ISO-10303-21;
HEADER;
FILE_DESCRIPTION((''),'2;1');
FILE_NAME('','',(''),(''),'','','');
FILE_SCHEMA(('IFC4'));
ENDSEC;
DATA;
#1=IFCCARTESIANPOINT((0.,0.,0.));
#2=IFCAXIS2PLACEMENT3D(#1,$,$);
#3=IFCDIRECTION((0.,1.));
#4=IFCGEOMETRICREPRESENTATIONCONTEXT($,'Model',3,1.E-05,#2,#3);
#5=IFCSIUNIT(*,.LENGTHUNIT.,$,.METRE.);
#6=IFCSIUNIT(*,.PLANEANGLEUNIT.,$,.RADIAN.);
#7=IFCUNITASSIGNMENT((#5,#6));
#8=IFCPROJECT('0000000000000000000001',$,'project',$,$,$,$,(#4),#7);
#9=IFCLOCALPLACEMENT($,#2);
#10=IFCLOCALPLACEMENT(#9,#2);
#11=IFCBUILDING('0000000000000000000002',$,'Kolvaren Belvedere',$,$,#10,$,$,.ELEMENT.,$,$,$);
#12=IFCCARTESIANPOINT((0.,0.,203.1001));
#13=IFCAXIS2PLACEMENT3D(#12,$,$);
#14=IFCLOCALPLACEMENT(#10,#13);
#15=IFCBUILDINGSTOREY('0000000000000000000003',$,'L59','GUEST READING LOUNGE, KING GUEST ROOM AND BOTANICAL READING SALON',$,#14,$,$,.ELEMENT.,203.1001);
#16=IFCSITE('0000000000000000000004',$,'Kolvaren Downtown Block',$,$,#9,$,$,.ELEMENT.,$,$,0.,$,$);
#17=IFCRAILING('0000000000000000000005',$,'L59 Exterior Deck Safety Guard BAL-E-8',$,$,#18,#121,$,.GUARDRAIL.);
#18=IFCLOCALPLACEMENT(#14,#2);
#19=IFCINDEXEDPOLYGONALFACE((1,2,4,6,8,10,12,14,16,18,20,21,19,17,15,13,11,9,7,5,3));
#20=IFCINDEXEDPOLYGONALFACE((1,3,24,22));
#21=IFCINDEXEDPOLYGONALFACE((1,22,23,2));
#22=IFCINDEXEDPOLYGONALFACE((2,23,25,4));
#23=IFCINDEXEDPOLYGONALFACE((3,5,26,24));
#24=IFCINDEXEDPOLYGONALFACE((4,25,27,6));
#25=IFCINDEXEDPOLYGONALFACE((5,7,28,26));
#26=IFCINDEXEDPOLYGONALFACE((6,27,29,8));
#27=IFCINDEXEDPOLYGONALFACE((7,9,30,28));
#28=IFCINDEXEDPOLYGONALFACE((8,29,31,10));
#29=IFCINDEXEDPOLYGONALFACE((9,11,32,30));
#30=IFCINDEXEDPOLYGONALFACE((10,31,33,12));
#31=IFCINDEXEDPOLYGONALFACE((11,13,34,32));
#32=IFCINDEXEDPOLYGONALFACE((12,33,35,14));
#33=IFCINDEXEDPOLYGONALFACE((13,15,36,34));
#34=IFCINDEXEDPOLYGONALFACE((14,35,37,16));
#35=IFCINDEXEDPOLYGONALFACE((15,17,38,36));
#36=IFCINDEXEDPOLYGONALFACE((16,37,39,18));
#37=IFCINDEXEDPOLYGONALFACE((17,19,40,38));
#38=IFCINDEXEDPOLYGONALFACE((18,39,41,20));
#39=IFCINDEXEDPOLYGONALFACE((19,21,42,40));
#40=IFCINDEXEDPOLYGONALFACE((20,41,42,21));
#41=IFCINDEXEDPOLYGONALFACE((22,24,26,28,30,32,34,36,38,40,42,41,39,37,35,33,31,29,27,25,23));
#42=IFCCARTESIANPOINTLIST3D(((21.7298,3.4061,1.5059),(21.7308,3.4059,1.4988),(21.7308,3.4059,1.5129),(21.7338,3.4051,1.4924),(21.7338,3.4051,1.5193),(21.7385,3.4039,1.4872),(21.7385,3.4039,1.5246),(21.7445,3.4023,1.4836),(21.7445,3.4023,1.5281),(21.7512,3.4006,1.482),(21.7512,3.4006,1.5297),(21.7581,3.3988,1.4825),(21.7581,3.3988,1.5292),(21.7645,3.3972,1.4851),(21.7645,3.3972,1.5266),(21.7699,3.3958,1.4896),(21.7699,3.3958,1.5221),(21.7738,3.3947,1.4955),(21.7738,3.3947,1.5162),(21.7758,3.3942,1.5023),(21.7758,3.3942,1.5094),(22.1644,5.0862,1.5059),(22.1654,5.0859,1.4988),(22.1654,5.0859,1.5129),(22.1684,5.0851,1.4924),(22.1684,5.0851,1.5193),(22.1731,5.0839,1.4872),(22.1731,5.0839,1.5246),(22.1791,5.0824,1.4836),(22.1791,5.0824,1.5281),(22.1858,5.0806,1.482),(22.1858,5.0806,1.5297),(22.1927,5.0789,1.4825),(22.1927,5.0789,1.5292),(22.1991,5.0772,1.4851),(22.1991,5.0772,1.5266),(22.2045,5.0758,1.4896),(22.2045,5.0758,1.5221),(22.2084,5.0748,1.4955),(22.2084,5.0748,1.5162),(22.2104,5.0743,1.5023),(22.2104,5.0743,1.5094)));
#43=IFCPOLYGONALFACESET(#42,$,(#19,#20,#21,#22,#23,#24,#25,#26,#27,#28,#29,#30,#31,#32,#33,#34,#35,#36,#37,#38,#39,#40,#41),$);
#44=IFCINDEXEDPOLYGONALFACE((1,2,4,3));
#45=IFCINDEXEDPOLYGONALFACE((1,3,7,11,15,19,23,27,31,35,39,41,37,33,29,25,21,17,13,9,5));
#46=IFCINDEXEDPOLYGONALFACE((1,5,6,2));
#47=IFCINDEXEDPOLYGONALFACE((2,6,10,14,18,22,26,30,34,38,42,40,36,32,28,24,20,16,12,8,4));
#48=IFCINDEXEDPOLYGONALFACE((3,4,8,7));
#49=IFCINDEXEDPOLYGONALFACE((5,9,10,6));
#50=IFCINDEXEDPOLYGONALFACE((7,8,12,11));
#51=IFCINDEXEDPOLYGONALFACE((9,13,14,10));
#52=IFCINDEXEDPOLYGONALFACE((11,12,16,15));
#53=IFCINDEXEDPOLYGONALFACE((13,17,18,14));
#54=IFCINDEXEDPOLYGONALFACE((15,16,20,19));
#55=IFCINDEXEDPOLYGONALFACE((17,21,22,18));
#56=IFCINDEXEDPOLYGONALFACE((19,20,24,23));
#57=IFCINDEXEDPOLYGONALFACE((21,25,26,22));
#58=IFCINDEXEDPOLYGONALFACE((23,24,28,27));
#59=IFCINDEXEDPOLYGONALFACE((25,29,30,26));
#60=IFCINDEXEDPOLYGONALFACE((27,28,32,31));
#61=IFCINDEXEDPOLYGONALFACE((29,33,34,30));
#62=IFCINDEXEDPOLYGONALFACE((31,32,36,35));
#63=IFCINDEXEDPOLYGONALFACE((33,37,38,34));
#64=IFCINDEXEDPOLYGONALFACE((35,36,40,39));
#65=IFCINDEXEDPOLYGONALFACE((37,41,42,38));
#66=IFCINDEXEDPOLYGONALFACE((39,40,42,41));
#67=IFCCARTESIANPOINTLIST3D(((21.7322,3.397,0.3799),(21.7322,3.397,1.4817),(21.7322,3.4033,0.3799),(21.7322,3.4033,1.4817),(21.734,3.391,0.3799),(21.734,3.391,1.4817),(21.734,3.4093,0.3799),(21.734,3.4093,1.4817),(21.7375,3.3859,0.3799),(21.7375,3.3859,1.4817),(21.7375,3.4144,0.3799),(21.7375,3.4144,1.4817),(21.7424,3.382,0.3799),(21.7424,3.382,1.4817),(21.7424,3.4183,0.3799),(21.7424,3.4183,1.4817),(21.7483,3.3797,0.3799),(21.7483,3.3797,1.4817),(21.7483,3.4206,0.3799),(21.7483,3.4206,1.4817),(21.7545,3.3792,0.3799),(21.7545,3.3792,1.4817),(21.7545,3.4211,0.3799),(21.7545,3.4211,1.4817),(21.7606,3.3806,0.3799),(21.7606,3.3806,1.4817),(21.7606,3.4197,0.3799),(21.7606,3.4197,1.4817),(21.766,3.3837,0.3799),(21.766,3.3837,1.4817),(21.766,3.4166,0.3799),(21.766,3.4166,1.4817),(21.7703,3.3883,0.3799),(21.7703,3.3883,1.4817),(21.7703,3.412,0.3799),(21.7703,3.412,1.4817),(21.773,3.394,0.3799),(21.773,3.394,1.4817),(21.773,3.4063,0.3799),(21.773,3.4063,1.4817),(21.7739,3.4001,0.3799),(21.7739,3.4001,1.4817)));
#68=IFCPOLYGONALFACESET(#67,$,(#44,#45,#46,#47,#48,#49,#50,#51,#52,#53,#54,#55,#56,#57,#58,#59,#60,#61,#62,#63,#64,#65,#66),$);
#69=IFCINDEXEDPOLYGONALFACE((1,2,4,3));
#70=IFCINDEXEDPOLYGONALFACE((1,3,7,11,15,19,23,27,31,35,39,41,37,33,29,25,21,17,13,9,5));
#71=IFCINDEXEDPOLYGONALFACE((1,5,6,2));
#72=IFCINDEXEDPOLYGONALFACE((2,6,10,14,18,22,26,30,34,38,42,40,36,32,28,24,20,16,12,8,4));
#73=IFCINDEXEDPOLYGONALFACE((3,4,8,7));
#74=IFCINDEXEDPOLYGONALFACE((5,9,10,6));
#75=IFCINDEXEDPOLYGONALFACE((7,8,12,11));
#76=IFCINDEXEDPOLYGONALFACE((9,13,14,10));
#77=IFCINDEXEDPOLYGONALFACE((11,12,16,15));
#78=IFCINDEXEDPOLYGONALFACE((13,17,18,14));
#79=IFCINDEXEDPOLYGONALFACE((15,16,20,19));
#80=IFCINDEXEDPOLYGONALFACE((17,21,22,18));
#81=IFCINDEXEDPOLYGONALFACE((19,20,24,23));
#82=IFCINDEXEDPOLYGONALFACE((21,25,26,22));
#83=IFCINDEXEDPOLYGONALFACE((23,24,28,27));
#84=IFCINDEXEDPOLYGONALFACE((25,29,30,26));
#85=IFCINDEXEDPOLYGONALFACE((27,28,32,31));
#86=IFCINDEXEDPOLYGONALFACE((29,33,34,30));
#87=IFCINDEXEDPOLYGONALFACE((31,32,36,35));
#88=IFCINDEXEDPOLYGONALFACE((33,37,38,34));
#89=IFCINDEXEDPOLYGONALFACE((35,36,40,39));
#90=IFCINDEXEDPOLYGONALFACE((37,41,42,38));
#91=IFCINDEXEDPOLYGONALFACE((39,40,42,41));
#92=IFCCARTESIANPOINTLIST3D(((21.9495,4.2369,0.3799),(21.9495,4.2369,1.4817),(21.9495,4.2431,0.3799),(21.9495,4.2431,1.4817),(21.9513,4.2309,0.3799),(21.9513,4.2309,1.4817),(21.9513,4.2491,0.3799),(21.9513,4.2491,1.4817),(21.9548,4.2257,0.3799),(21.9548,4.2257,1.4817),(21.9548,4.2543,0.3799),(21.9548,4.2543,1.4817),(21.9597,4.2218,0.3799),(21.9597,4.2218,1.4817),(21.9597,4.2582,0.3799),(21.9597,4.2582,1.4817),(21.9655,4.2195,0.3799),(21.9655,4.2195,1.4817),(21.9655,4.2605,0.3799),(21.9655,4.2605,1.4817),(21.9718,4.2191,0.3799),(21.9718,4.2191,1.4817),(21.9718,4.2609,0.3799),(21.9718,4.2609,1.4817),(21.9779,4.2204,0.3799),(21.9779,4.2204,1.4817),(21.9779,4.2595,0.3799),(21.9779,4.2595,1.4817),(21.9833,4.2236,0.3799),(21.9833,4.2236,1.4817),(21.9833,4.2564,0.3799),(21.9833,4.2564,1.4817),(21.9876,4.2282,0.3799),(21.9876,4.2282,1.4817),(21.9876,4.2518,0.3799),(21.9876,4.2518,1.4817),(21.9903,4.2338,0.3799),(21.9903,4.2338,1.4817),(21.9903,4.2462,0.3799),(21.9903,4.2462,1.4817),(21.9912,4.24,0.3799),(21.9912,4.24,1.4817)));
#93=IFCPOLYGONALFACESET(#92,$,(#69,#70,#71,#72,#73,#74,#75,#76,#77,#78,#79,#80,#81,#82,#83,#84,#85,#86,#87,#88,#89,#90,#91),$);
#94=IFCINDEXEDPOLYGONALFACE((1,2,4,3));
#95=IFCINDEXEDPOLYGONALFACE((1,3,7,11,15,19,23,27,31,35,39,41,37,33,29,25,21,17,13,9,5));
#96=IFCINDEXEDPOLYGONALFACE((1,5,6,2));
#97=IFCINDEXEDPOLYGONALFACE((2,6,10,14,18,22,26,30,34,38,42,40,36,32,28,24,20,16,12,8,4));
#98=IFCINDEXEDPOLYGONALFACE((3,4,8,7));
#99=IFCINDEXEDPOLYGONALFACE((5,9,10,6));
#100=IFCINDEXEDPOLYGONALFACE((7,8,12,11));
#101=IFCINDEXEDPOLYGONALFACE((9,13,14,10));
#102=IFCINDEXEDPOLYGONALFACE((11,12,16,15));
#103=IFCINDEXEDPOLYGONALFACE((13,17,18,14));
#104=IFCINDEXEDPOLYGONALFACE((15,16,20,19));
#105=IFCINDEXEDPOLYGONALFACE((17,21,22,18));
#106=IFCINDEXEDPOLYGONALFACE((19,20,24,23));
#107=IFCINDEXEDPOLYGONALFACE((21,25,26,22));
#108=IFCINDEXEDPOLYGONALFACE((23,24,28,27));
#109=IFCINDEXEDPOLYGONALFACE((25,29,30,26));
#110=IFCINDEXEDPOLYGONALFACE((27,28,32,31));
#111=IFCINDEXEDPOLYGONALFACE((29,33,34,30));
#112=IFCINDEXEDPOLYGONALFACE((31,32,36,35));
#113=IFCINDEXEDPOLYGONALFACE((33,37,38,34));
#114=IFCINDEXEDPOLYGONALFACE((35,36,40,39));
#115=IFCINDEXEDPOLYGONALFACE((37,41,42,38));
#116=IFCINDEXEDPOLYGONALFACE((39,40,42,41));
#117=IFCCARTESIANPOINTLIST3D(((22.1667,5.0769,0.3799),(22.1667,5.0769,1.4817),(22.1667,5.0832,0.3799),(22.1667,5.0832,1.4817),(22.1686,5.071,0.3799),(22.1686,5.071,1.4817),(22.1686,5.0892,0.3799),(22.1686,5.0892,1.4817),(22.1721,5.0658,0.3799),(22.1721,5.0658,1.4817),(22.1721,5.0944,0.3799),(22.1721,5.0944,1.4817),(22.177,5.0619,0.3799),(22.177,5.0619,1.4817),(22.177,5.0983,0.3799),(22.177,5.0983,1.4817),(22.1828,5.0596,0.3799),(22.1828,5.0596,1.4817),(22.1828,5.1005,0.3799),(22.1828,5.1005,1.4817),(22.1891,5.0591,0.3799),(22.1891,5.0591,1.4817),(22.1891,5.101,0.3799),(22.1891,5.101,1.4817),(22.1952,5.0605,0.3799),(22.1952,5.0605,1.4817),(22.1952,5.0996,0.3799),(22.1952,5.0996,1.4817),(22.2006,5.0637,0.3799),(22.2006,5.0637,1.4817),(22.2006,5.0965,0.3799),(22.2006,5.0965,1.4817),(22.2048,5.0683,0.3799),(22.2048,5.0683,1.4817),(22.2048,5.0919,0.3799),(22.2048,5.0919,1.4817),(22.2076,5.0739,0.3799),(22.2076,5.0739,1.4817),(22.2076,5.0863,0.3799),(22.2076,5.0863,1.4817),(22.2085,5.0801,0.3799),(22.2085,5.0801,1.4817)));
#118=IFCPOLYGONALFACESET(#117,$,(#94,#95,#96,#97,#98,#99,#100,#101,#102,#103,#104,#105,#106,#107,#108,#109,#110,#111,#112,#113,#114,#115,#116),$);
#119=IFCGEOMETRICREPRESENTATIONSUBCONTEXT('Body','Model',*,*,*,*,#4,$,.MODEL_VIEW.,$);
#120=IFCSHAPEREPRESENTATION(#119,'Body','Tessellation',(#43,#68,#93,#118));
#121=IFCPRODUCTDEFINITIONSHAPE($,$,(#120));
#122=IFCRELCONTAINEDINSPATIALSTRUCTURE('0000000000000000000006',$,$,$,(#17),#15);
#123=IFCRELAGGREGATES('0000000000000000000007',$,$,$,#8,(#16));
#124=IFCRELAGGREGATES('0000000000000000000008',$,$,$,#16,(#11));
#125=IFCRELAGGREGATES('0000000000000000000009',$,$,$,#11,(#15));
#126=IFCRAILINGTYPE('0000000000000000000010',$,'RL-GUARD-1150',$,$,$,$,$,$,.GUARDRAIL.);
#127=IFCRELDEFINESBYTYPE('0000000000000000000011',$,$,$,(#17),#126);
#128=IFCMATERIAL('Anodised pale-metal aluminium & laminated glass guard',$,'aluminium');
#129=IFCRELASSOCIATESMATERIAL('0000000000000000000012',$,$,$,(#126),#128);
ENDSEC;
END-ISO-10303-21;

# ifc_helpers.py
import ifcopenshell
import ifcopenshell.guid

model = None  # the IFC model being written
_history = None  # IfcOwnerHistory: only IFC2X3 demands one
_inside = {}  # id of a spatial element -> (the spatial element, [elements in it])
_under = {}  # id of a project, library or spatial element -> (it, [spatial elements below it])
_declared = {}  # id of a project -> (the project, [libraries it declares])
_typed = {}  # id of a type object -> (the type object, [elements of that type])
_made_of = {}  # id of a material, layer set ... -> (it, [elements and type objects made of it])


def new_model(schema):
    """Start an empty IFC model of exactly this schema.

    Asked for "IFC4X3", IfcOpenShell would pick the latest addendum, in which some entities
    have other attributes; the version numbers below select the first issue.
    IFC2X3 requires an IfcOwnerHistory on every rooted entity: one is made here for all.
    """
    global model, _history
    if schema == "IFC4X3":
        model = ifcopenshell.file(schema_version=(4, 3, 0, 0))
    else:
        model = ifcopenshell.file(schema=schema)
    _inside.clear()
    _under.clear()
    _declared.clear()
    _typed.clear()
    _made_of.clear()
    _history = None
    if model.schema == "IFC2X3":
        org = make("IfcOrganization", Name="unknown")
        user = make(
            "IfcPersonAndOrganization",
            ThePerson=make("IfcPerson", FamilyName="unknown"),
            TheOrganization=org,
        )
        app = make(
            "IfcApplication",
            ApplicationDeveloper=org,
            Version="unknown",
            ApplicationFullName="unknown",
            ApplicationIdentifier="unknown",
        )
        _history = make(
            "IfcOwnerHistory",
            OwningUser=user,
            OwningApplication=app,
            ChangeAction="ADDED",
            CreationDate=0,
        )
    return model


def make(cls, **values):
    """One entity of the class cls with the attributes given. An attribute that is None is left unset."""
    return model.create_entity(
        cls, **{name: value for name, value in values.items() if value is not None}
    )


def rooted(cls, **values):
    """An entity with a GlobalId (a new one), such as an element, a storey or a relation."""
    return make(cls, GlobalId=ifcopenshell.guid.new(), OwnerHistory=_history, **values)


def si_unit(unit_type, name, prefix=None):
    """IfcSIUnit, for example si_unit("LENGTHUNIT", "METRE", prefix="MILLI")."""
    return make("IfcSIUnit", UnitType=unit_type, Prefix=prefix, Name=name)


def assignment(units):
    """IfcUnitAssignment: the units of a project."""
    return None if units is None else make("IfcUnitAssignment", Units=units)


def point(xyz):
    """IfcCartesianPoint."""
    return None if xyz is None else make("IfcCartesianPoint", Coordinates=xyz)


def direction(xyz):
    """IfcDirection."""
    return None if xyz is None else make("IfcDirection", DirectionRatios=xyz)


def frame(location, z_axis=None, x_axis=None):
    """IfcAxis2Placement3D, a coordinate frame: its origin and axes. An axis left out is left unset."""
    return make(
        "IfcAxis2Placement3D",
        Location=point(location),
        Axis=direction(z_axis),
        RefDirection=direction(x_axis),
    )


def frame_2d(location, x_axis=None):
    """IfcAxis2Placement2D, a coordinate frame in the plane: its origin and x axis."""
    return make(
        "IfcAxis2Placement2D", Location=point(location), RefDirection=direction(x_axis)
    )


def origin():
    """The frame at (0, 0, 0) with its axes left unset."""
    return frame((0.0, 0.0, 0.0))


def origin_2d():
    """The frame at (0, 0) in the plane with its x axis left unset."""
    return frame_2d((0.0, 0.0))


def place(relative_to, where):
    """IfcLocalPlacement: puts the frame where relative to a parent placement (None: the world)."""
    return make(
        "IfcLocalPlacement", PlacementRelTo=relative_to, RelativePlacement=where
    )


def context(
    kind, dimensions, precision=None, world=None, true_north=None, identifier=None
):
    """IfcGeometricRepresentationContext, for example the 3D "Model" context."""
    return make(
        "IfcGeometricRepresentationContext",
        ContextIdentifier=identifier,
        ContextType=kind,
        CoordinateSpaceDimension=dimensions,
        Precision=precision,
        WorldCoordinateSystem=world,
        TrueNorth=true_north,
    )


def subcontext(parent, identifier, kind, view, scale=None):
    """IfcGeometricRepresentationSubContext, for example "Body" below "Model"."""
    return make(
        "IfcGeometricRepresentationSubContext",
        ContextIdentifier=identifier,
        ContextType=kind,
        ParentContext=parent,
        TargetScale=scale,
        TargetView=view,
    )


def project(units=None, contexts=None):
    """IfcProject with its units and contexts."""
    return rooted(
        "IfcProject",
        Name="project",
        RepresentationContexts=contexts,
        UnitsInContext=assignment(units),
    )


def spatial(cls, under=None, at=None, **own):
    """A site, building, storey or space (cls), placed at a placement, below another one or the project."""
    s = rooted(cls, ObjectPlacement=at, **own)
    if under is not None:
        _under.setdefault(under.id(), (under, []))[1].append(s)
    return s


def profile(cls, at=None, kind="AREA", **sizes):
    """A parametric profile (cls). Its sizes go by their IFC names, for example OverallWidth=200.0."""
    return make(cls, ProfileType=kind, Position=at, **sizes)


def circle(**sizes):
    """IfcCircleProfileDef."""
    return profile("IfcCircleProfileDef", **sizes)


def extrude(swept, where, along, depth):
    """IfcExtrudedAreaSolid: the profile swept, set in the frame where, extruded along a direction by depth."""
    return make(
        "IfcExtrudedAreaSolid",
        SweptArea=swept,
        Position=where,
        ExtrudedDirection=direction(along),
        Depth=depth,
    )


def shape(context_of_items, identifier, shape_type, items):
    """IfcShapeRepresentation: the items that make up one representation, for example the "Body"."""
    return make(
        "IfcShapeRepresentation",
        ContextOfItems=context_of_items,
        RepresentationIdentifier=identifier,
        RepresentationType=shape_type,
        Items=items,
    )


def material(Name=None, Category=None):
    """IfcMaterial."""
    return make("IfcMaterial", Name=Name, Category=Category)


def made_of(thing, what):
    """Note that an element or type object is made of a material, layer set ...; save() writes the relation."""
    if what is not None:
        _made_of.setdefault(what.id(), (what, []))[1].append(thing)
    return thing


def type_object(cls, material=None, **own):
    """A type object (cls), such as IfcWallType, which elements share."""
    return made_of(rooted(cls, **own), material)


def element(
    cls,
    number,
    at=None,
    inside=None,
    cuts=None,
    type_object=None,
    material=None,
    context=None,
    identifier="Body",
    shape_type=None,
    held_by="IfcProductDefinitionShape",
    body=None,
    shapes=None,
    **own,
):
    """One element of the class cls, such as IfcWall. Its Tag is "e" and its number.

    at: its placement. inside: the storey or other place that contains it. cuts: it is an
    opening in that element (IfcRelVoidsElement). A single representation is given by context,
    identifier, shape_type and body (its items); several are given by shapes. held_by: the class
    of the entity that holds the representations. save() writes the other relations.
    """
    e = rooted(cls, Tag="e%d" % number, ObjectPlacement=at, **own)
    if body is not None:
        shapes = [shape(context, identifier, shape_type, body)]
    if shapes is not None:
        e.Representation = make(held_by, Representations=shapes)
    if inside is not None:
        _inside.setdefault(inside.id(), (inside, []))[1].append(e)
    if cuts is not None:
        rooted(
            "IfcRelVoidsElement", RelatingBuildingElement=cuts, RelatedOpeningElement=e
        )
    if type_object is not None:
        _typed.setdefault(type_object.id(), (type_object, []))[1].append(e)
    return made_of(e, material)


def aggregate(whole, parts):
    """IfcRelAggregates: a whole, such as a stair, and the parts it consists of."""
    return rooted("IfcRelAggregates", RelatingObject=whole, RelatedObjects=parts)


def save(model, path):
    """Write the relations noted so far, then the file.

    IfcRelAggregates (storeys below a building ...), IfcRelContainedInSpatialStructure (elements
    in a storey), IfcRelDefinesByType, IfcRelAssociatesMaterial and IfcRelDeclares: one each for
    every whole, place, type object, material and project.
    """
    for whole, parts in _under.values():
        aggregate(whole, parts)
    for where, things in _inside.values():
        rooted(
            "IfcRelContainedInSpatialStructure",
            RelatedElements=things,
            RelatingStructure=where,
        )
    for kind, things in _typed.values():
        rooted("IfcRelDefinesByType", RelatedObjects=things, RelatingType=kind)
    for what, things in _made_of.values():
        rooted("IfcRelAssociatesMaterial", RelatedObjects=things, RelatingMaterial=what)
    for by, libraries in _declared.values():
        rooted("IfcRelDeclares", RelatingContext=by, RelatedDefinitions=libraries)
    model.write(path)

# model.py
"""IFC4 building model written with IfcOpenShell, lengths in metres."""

from ifc_helpers import new_model, si_unit, direction, frame, origin, origin_2d, place, context, subcontext, project, spatial, circle, extrude, material, type_object, element, save


model = new_model("IFC4")

# Units and contexts
model_context = context("Model", 3, precision=1e-05, world=origin(), true_north=direction((0.0, 1.0)))
body_context = subcontext(model_context, "Body", "Model", "MODEL_VIEW")
ifc_project = project(units=[si_unit("LENGTHUNIT", "METRE"), si_unit("PLANEANGLEUNIT", "RADIAN")], contexts=[model_context])

# Site, building, storey
site_placement = place(None, origin())
site = spatial("IfcSite", under=ifc_project, at=site_placement, Name="Kolvaren Downtown Block", CompositionType="ELEMENT", RefElevation=0.0)
building_placement = place(site_placement, origin())
building = spatial("IfcBuilding", under=site, at=building_placement, Name="Kolvaren Belvedere", CompositionType="ELEMENT")
storey_placement = place(building_placement, frame((0.0, 0.0, 203.1001)))
storey = spatial("IfcBuildingStorey", under=building, at=storey_placement, Name="L59", Description="GUEST READING LOUNGE, KING GUEST ROOM AND BOTANICAL READING SALON", CompositionType="ELEMENT", Elevation=203.1001)

# Railing
ifc_material_1 = material(Name="Anodised pale-metal aluminium & laminated glass guard", Category="aluminium")
railing_type = type_object("IfcRailingType", Name="RL-GUARD-1150", PredefinedType="GUARDRAIL", material=ifc_material_1)
railing_1_placement = place(storey_placement, frame((21.7529, 3.4001, 0.3799)))
element("IfcRailing", 1, at=railing_1_placement, inside=storey, type_object=railing_type, Name="L59 Exterior Deck Safety Guard BAL-E-8", PredefinedType="GUARDRAIL", context=body_context, shape_type="SweptSolid", body=[
    extrude(circle(Radius=0.0239, at=origin_2d()), frame((0.0, 0.0, 1.126), z_axis=(0.25044, 0.968132, 0.0), x_axis=(-0.968132, 0.25044, 0.0)), (0.0, 0.0, 1.0), 1.7354),
    extrude(circle(Radius=0.021, at=origin_2d()), origin(), (0.0, 0.0, 1.0), 1.1018),
    extrude(circle(Radius=0.021, at=origin_2d()), frame((0.2173, 0.8398, 0.0)), (0.0, 0.0, 1.0), 1.1018),
    extrude(circle(Radius=0.021, at=origin_2d()), frame((0.4346, 1.6799, 0.0)), (0.0, 0.0, 1.0), 1.1018),
])

save(model, "model.ifc")
